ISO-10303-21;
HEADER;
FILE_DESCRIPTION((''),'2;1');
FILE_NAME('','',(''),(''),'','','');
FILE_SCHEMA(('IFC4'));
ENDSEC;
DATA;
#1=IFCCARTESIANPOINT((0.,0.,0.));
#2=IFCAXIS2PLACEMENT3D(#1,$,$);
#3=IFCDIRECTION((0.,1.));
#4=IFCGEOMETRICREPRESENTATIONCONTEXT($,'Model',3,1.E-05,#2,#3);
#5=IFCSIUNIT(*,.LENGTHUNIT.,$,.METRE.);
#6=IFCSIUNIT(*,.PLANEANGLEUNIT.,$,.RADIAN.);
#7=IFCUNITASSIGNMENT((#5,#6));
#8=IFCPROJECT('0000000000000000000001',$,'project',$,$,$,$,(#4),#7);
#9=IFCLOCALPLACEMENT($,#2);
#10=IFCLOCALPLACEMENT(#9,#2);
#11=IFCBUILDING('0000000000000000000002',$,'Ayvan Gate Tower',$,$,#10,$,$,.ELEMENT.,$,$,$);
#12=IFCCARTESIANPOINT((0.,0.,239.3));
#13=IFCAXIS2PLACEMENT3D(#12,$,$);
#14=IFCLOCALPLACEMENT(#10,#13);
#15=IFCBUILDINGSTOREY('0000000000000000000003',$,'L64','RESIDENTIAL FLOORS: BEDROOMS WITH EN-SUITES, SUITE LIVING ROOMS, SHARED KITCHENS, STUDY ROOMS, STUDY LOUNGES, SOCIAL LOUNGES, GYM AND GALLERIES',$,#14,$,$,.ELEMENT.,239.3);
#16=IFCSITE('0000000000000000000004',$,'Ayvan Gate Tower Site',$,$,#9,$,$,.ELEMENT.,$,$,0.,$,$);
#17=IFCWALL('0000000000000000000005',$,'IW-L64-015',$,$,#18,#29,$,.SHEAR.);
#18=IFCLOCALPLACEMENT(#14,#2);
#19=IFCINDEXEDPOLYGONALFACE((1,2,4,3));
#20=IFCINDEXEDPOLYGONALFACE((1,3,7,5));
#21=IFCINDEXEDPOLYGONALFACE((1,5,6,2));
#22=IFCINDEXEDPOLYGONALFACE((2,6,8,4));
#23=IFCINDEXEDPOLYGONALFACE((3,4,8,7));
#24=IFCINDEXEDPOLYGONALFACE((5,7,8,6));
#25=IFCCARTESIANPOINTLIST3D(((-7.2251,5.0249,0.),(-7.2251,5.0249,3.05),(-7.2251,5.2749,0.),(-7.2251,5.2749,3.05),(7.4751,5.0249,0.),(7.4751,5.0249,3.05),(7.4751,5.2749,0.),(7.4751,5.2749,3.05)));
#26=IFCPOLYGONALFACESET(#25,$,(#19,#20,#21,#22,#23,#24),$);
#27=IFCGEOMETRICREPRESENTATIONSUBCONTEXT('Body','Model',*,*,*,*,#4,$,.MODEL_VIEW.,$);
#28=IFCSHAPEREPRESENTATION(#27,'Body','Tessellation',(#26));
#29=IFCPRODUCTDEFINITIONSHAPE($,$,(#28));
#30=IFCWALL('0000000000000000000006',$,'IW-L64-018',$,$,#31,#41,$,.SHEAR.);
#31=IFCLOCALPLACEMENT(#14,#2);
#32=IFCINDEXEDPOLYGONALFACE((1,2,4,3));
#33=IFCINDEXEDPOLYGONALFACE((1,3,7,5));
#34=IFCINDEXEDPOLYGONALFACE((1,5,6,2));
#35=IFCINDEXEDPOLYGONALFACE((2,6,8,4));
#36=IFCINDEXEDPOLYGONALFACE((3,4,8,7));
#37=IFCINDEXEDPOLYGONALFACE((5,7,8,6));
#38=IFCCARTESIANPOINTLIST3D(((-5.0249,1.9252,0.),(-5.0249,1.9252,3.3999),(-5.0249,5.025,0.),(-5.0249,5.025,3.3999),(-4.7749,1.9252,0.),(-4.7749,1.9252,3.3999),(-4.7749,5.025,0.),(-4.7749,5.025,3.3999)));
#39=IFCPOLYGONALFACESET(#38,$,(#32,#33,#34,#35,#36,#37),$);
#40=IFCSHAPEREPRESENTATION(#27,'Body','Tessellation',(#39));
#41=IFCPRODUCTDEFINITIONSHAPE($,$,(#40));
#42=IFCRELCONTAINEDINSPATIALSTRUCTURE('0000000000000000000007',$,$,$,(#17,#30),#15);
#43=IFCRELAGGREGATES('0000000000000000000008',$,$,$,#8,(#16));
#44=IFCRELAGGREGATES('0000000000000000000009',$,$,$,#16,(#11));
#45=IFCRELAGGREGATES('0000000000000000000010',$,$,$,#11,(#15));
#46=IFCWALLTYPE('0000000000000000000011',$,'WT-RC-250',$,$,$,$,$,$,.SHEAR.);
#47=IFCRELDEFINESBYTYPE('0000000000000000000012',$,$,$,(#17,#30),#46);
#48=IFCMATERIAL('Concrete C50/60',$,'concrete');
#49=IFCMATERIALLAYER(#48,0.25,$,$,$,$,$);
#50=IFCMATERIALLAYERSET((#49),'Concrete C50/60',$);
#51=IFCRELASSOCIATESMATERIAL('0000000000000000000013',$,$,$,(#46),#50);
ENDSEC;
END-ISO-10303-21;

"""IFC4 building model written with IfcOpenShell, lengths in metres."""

from ifc_helpers import new_model, si_unit, direction, frame, frame_2d, origin, place, context, subcontext, project, spatial, rectangle, extrude, material, layer, layer_set, type_object, element, save


model = new_model("IFC4")

# Units and contexts
model_context = context("Model", 3, precision=1e-05, world=origin(), true_north=direction((0.0, 1.0)))
body_context = subcontext(model_context, "Body", "Model", "MODEL_VIEW")
ifc_project = project(units=[si_unit("LENGTHUNIT", "METRE"), si_unit("PLANEANGLEUNIT", "RADIAN")], contexts=[model_context])

# Site, building, storey
site_placement = place(None, origin())
site = spatial("IfcSite", under=ifc_project, at=site_placement, Name="Ayvan Gate Tower Site", CompositionType="ELEMENT", RefElevation=0.0)
building_placement = place(site_placement, origin())
building = spatial("IfcBuilding", under=site, at=building_placement, Name="Ayvan Gate Tower", CompositionType="ELEMENT")
storey_placement = place(building_placement, frame((0.0, 0.0, 239.3)))
storey = spatial("IfcBuildingStorey", under=building, at=storey_placement, Name="L64", Description="RESIDENTIAL FLOORS: BEDROOMS WITH EN-SUITES, SUITE LIVING ROOMS, SHARED KITCHENS, STUDY ROOMS, STUDY LOUNGES, SOCIAL LOUNGES, GYM AND GALLERIES", CompositionType="ELEMENT", Elevation=239.3)

# Shared definitions
ifc_material_1 = material(Name="Concrete C50/60", Category="concrete")
ifc_layer_1 = layer(ifc_material_1, 0.25)
ifc_layer_set_1 = layer_set([ifc_layer_1], Name="Concrete C50/60")
wall_type_1 = type_object("IfcWallType", Name="WT-RC-250", PredefinedType="SHEAR", material=ifc_layer_set_1)

# Walls
wall_1_placement = place(storey_placement, frame((-7.2251, 5.1499, 0.0), z_axis=(0.0, 0.0, 1.0), x_axis=(1.0, 0.0, 0.0)))
element("IfcWall", 1, at=wall_1_placement, inside=storey, type_object=wall_type_1, Name="IW-L64-015", PredefinedType="SHEAR", context=body_context, shape_type="SweptSolid", body=[
    extrude(rectangle(XDim=14.7002, YDim=0.25, at=frame_2d((7.3501, 0.0))), origin(), (0.0, 0.0, 1.0), 3.05),
])
wall_2_placement = place(storey_placement, frame((-4.8999, 5.0249, 0.0), z_axis=(0.0, 0.0, 1.0), x_axis=(0.0, -1.0, 0.0)))
element("IfcWall", 2, at=wall_2_placement, inside=storey, type_object=wall_type_1, Name="IW-L64-018", PredefinedType="SHEAR", context=body_context, shape_type="SweptSolid", body=[
    extrude(rectangle(XDim=3.0999, YDim=0.25, at=frame_2d((1.5498, 0.0))), origin(), (0.0, 0.0, 1.0), 3.3999),
])

save(model, "model.ifc")
